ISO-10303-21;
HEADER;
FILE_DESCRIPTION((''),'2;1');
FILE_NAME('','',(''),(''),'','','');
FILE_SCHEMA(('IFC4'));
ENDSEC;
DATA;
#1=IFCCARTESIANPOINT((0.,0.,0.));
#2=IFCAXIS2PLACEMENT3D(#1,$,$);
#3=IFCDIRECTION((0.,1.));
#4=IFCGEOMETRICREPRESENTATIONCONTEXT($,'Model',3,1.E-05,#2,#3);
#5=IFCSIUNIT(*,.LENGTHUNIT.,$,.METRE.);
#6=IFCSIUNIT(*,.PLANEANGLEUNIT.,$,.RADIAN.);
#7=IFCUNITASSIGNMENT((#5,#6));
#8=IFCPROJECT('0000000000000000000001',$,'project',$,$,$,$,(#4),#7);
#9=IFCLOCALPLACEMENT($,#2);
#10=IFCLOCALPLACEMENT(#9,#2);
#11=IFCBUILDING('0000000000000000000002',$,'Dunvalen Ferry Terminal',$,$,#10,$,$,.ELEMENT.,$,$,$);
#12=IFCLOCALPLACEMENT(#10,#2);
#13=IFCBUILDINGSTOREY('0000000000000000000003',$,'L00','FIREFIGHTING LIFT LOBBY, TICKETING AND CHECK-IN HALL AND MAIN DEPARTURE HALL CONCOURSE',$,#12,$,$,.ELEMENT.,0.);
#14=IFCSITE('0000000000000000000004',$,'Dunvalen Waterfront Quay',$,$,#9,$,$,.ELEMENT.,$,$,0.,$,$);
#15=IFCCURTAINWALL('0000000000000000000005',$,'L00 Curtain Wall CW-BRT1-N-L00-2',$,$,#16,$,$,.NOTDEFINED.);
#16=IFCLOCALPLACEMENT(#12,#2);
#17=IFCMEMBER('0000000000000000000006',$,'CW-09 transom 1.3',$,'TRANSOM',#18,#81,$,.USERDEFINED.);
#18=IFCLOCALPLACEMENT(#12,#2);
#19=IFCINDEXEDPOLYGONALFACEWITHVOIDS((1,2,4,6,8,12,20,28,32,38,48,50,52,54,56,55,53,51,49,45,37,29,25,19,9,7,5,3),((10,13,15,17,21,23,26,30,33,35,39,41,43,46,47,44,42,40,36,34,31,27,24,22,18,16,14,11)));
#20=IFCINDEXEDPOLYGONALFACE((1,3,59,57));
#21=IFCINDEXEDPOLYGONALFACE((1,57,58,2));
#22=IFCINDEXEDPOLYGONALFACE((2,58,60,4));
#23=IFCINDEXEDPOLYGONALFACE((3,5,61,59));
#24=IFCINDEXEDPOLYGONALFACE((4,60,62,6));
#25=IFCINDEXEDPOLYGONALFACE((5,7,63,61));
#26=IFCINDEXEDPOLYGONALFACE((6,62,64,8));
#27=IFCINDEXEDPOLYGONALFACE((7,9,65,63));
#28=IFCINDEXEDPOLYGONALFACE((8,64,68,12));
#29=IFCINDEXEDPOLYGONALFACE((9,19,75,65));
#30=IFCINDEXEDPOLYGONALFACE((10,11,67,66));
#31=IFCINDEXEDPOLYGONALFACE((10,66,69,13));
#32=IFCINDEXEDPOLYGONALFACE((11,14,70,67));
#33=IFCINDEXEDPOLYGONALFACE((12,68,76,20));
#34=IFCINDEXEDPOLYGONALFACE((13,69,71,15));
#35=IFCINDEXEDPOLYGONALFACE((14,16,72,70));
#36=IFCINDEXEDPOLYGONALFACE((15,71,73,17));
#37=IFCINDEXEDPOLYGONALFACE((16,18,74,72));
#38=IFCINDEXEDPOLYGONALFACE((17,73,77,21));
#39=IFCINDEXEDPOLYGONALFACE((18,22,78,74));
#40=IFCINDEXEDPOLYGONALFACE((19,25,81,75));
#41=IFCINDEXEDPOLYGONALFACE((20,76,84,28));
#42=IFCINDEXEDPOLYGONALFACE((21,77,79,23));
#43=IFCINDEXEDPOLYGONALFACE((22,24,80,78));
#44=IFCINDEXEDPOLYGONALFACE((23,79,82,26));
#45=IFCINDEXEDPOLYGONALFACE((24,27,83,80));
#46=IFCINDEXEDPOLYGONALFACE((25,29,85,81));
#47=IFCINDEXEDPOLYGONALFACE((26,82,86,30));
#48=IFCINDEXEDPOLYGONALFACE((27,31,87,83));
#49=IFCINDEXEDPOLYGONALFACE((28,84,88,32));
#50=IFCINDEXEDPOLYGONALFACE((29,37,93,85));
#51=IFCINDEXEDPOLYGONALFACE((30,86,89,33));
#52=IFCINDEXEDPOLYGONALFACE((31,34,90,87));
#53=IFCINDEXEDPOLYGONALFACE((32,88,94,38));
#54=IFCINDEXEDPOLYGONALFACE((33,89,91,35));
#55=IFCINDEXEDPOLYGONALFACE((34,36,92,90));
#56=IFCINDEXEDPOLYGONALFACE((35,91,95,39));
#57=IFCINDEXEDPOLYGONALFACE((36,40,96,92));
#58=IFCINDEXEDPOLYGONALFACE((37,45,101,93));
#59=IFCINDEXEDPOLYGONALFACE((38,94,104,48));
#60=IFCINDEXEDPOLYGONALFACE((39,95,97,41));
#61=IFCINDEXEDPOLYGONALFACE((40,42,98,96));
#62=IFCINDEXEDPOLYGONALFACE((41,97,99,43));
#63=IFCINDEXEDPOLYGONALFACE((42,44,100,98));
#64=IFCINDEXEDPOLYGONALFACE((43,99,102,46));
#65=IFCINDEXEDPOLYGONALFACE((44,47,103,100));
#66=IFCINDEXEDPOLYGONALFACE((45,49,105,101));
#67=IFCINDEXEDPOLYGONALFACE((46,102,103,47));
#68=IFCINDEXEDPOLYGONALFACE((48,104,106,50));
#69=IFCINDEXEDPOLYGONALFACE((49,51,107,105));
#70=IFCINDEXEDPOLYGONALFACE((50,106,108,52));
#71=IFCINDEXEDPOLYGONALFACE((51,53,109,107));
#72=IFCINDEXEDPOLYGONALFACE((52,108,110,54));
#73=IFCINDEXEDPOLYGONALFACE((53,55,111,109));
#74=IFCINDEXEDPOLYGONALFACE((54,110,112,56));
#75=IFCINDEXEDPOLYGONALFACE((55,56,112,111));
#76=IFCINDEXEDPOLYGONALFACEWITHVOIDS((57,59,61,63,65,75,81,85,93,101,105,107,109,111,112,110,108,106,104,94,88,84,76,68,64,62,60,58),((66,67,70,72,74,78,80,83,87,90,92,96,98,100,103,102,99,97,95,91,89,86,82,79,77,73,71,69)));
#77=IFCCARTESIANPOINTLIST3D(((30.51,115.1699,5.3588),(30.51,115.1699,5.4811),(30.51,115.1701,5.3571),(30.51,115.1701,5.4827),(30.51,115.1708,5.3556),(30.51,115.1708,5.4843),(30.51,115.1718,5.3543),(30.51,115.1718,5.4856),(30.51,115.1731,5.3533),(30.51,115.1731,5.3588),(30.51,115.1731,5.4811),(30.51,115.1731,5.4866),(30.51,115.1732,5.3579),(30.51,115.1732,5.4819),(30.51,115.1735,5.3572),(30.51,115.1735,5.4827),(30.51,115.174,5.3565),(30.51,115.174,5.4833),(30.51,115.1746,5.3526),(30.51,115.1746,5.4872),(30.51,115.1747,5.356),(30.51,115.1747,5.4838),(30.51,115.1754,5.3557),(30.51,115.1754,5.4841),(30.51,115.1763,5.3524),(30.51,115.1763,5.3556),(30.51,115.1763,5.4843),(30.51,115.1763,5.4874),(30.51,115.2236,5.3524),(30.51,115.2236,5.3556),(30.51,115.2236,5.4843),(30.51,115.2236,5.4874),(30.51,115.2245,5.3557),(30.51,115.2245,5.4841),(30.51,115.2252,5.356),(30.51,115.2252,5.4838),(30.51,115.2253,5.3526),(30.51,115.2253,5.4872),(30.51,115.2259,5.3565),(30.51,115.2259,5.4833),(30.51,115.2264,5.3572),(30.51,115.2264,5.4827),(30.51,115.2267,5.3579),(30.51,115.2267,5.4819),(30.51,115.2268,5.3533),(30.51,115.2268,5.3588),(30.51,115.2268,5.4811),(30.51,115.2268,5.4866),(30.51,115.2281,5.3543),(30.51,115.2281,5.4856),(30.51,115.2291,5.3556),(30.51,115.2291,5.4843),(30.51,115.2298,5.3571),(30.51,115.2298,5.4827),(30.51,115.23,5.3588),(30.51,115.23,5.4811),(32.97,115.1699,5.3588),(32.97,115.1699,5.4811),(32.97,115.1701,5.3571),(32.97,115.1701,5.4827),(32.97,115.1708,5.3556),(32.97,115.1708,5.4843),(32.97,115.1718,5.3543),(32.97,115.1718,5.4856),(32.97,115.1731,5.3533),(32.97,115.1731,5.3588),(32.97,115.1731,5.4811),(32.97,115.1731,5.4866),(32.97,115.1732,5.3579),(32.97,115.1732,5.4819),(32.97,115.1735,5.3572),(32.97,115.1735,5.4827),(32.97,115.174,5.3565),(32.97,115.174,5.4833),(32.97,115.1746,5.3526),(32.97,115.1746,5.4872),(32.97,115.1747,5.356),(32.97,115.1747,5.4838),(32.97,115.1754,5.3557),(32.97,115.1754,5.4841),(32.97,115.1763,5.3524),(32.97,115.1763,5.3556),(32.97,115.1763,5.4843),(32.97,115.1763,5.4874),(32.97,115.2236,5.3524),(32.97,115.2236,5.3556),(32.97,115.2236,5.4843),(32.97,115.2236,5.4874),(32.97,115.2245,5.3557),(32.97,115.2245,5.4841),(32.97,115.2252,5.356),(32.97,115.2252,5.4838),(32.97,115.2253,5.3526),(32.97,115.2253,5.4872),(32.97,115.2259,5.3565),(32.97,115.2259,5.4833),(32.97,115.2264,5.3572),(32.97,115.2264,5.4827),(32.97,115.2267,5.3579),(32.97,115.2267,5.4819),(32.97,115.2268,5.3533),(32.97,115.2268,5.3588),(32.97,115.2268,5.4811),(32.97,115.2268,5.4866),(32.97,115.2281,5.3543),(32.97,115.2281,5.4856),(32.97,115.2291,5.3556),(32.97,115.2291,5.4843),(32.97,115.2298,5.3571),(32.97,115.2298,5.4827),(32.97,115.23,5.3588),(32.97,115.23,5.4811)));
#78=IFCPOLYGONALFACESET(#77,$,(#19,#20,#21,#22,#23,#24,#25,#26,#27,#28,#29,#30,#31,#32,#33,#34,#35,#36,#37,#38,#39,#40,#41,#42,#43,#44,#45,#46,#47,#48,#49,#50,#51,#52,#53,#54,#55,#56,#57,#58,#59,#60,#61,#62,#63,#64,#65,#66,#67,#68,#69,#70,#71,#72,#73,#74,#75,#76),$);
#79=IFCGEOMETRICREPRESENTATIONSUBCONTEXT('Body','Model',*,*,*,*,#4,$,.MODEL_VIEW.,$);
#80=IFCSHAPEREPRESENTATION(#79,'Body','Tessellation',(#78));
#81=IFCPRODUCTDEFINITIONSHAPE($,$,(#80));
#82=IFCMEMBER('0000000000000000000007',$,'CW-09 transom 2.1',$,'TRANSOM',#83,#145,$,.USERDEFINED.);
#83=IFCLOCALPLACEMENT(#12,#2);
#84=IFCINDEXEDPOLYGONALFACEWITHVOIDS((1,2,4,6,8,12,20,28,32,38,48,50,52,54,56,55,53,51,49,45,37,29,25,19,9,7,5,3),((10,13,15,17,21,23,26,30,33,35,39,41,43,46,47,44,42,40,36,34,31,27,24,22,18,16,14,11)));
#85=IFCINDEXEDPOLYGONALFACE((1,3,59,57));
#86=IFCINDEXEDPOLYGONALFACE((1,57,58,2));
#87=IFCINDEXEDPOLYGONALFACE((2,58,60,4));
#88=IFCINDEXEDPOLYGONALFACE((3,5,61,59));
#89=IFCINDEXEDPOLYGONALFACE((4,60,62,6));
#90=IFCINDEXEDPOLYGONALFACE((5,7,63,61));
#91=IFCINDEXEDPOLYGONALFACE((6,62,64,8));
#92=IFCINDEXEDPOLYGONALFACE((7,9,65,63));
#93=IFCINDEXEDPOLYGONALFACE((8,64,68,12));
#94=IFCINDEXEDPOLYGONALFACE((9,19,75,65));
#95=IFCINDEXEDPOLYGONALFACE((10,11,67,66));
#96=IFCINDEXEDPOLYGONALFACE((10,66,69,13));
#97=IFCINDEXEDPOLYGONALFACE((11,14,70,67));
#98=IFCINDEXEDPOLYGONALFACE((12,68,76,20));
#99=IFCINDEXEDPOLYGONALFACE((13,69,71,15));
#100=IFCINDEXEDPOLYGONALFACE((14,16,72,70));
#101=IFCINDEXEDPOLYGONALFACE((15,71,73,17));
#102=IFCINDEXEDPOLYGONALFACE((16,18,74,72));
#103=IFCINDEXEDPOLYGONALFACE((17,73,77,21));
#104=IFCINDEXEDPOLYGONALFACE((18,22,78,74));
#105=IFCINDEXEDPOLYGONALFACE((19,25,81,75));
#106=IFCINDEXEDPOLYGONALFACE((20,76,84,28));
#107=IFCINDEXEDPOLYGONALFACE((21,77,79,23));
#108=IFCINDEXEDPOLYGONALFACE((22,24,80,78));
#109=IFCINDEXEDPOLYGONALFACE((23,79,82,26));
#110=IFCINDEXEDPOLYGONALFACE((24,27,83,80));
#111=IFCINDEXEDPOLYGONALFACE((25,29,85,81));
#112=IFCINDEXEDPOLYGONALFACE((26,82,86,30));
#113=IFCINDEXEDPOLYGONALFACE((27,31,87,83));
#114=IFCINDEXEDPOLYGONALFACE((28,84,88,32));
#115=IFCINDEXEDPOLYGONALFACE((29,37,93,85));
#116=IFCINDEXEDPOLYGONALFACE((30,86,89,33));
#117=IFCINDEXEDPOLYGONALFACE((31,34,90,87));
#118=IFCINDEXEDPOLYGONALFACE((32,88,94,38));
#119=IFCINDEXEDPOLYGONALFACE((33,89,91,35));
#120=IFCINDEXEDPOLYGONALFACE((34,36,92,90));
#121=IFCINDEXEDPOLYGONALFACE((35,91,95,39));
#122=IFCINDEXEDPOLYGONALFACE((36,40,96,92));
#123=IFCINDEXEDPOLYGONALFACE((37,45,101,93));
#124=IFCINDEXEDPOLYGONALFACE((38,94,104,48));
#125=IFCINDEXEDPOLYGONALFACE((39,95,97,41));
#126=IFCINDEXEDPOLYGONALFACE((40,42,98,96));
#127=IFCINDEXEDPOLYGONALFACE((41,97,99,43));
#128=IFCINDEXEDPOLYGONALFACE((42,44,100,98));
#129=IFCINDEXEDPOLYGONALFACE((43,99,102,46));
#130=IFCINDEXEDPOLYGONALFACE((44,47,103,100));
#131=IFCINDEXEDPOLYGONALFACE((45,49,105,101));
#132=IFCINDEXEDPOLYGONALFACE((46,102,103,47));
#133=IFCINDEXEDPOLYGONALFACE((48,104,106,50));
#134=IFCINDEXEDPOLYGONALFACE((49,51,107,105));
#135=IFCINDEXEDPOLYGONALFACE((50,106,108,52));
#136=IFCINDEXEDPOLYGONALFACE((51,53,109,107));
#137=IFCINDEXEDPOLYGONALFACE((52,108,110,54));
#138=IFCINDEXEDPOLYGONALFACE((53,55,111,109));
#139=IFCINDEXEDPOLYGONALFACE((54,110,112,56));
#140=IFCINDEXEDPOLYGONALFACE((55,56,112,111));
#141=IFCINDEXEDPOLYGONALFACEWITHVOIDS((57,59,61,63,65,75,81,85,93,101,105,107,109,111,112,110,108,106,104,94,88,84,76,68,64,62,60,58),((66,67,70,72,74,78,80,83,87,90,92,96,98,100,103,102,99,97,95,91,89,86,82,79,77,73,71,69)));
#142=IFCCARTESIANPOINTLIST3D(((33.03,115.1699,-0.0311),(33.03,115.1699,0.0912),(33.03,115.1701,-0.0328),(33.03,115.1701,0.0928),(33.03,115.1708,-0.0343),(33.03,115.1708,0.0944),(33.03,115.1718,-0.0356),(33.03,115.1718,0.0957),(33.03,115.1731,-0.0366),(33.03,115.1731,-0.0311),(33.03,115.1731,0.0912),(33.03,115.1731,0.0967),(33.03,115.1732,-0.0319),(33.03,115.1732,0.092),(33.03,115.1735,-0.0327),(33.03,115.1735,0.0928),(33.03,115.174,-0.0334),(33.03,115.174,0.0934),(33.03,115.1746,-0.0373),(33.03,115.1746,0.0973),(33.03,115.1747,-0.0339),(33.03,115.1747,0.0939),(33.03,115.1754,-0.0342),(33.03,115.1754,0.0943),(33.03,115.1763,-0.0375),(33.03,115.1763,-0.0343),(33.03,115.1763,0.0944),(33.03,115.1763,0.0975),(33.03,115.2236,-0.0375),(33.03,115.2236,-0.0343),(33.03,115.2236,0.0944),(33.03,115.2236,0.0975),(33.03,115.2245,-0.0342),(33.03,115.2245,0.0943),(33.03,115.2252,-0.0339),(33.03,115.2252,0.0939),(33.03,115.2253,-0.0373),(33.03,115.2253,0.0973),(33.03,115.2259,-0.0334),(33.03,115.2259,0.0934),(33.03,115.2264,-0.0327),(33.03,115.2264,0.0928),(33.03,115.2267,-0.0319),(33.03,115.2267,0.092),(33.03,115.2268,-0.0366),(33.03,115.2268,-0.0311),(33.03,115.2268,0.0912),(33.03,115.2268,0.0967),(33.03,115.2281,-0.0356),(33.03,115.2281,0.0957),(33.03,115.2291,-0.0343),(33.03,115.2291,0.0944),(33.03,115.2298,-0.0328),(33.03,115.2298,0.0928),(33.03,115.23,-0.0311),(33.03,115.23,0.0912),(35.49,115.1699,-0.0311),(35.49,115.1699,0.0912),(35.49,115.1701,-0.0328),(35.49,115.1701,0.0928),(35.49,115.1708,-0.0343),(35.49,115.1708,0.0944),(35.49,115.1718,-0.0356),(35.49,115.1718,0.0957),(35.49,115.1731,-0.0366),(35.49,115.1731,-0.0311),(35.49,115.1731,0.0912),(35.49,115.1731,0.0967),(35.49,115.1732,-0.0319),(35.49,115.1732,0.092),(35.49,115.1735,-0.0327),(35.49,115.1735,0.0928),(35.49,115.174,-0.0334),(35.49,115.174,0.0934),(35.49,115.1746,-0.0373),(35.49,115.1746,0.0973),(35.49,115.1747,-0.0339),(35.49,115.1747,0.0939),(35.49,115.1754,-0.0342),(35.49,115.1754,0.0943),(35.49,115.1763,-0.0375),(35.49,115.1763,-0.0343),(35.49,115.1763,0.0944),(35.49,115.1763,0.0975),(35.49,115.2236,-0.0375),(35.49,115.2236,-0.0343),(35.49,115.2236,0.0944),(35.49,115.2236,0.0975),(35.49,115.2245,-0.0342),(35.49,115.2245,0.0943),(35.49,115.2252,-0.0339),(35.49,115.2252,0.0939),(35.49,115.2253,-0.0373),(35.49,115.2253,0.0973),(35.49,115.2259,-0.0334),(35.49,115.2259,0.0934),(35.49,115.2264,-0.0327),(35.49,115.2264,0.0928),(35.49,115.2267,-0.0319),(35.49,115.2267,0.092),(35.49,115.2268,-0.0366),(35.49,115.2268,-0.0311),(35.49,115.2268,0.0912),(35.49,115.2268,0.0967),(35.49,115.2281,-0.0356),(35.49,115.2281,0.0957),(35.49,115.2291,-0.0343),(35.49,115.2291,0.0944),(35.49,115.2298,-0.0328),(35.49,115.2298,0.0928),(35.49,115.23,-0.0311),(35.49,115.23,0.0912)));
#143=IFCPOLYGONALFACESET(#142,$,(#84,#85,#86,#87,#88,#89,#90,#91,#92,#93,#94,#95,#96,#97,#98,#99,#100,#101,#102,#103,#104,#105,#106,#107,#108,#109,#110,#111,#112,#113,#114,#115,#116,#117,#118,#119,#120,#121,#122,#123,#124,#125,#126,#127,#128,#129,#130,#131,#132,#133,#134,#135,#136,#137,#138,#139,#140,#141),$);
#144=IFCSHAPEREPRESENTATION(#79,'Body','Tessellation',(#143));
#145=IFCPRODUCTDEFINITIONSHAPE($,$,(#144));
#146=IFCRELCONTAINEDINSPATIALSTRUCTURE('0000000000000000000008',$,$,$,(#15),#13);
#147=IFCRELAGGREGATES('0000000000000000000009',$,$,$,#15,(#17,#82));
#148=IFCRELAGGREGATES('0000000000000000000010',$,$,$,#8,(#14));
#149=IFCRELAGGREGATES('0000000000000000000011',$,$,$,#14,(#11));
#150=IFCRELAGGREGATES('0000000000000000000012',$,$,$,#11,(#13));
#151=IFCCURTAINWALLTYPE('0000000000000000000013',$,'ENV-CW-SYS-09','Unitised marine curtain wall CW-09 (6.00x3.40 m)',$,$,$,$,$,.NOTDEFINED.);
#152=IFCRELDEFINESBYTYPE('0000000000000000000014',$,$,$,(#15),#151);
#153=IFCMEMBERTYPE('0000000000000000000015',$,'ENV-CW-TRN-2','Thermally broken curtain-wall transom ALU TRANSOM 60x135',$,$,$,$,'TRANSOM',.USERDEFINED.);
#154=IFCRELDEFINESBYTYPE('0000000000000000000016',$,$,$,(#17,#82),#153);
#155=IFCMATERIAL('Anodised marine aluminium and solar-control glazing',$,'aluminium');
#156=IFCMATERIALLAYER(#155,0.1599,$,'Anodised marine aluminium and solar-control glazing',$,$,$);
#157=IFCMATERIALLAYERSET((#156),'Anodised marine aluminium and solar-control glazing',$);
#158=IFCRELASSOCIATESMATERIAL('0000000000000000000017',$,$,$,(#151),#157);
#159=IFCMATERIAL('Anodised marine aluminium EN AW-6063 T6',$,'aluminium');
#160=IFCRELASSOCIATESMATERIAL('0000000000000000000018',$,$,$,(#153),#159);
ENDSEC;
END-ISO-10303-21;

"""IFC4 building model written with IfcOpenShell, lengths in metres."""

from ifc_helpers import new_model, si_unit, direction, frame, origin, origin_2d, place, context, subcontext, project, spatial, hollow_rectangle, extrude, material, layer, layer_set, material_profile, profile_set, type_object, element, aggregate, save


model = new_model("IFC4")

# Units and contexts
model_context = context("Model", 3, precision=1e-05, world=origin(), true_north=direction((0.0, 1.0)))
body_context = subcontext(model_context, "Body", "Model", "MODEL_VIEW")
ifc_project = project(units=[si_unit("LENGTHUNIT", "METRE"), si_unit("PLANEANGLEUNIT", "RADIAN")], contexts=[model_context])

# Site, building, storey
site_placement = place(None, origin())
site = spatial("IfcSite", under=ifc_project, at=site_placement, Name="Dunvalen Waterfront Quay", CompositionType="ELEMENT", RefElevation=0.0)
building_placement = place(site_placement, origin())
building = spatial("IfcBuilding", under=site, at=building_placement, Name="Dunvalen Ferry Terminal", CompositionType="ELEMENT")
storey_placement = place(building_placement, origin())
storey = spatial("IfcBuildingStorey", under=building, at=storey_placement, Name="L00", Description="FIREFIGHTING LIFT LOBBY, TICKETING AND CHECK-IN HALL AND MAIN DEPARTURE HALL CONCOURSE", CompositionType="ELEMENT", Elevation=0.0)

# Curtain wall, members
ifc_material_1 = material(Name="Anodised marine aluminium and solar-control glazing", Category="aluminium")
ifc_layer_1 = layer(ifc_material_1, 0.1599, Name="Anodised marine aluminium and solar-control glazing")
ifc_layer_set_1 = layer_set([ifc_layer_1], Name="Anodised marine aluminium and solar-control glazing")
curtain_wall_type = type_object("IfcCurtainWallType", Name="ENV-CW-SYS-09", Description="Unitised marine curtain wall CW-09 (6.00x3.40 m)", PredefinedType="NOTDEFINED", material=ifc_layer_set_1)
curtain_wall_placement = place(storey_placement, origin())
curtain_wall = element("IfcCurtainWall", 1, at=curtain_wall_placement, inside=storey, type_object=curtain_wall_type, Name="L00 Curtain Wall CW-BRT1-N-L00-2", PredefinedType="NOTDEFINED")
ifc_material_2 = material(Name="Anodised marine aluminium EN AW-6063 T6", Category="aluminium")
ifc_material_profile_1 = material_profile(ifc_material_2, hollow_rectangle(XDim=0.0601, YDim=0.135, WallThickness=0.0032, InnerFilletRadius=0.0032, OuterFilletRadius=0.0063, at=origin_2d()), Name="Anodised marine aluminium EN AW-6063 T6")
ifc_profile_set_1 = profile_set([ifc_material_profile_1], Name="Anodised marine aluminium EN AW-6063 T6")
member_type_1 = type_object("IfcMemberType", Name="ENV-CW-TRN-2", Description="Thermally broken curtain-wall transom ALU TRANSOM 60x135", ElementType="TRANSOM", PredefinedType="USERDEFINED", material=ifc_profile_set_1)
member_1_placement = place(storey_placement, frame((30.51, 115.2, 5.4199), z_axis=(1.0, 0.0, 0.0), x_axis=(0.0, 1.0, 0.0)))
member_1 = element("IfcMember", 2, at=member_1_placement, type_object=member_type_1, Name="CW-09 transom 1.3", ObjectType="TRANSOM", PredefinedType="USERDEFINED", context=body_context, shape_type="SweptSolid", body=[
    extrude(hollow_rectangle(XDim=0.0601, YDim=0.135, WallThickness=0.0032, InnerFilletRadius=0.0032, OuterFilletRadius=0.0063, at=origin_2d()), origin(), (0.0, 0.0, 1.0), 2.46),
])
member_2_placement = place(storey_placement, frame((33.03, 115.2, 0.03), z_axis=(1.0, 0.0, 0.0), x_axis=(0.0, 1.0, 0.0)))
member_2 = element("IfcMember", 3, at=member_2_placement, type_object=member_type_1, Name="CW-09 transom 2.1", ObjectType="TRANSOM", PredefinedType="USERDEFINED", context=body_context, shape_type="SweptSolid", body=[
    extrude(hollow_rectangle(XDim=0.0601, YDim=0.135, WallThickness=0.0032, InnerFilletRadius=0.0032, OuterFilletRadius=0.0063, at=origin_2d()), origin(), (0.0, 0.0, 1.0), 2.46),
])
aggregate(curtain_wall, [member_1, member_2])

save(model, "model.ifc")
